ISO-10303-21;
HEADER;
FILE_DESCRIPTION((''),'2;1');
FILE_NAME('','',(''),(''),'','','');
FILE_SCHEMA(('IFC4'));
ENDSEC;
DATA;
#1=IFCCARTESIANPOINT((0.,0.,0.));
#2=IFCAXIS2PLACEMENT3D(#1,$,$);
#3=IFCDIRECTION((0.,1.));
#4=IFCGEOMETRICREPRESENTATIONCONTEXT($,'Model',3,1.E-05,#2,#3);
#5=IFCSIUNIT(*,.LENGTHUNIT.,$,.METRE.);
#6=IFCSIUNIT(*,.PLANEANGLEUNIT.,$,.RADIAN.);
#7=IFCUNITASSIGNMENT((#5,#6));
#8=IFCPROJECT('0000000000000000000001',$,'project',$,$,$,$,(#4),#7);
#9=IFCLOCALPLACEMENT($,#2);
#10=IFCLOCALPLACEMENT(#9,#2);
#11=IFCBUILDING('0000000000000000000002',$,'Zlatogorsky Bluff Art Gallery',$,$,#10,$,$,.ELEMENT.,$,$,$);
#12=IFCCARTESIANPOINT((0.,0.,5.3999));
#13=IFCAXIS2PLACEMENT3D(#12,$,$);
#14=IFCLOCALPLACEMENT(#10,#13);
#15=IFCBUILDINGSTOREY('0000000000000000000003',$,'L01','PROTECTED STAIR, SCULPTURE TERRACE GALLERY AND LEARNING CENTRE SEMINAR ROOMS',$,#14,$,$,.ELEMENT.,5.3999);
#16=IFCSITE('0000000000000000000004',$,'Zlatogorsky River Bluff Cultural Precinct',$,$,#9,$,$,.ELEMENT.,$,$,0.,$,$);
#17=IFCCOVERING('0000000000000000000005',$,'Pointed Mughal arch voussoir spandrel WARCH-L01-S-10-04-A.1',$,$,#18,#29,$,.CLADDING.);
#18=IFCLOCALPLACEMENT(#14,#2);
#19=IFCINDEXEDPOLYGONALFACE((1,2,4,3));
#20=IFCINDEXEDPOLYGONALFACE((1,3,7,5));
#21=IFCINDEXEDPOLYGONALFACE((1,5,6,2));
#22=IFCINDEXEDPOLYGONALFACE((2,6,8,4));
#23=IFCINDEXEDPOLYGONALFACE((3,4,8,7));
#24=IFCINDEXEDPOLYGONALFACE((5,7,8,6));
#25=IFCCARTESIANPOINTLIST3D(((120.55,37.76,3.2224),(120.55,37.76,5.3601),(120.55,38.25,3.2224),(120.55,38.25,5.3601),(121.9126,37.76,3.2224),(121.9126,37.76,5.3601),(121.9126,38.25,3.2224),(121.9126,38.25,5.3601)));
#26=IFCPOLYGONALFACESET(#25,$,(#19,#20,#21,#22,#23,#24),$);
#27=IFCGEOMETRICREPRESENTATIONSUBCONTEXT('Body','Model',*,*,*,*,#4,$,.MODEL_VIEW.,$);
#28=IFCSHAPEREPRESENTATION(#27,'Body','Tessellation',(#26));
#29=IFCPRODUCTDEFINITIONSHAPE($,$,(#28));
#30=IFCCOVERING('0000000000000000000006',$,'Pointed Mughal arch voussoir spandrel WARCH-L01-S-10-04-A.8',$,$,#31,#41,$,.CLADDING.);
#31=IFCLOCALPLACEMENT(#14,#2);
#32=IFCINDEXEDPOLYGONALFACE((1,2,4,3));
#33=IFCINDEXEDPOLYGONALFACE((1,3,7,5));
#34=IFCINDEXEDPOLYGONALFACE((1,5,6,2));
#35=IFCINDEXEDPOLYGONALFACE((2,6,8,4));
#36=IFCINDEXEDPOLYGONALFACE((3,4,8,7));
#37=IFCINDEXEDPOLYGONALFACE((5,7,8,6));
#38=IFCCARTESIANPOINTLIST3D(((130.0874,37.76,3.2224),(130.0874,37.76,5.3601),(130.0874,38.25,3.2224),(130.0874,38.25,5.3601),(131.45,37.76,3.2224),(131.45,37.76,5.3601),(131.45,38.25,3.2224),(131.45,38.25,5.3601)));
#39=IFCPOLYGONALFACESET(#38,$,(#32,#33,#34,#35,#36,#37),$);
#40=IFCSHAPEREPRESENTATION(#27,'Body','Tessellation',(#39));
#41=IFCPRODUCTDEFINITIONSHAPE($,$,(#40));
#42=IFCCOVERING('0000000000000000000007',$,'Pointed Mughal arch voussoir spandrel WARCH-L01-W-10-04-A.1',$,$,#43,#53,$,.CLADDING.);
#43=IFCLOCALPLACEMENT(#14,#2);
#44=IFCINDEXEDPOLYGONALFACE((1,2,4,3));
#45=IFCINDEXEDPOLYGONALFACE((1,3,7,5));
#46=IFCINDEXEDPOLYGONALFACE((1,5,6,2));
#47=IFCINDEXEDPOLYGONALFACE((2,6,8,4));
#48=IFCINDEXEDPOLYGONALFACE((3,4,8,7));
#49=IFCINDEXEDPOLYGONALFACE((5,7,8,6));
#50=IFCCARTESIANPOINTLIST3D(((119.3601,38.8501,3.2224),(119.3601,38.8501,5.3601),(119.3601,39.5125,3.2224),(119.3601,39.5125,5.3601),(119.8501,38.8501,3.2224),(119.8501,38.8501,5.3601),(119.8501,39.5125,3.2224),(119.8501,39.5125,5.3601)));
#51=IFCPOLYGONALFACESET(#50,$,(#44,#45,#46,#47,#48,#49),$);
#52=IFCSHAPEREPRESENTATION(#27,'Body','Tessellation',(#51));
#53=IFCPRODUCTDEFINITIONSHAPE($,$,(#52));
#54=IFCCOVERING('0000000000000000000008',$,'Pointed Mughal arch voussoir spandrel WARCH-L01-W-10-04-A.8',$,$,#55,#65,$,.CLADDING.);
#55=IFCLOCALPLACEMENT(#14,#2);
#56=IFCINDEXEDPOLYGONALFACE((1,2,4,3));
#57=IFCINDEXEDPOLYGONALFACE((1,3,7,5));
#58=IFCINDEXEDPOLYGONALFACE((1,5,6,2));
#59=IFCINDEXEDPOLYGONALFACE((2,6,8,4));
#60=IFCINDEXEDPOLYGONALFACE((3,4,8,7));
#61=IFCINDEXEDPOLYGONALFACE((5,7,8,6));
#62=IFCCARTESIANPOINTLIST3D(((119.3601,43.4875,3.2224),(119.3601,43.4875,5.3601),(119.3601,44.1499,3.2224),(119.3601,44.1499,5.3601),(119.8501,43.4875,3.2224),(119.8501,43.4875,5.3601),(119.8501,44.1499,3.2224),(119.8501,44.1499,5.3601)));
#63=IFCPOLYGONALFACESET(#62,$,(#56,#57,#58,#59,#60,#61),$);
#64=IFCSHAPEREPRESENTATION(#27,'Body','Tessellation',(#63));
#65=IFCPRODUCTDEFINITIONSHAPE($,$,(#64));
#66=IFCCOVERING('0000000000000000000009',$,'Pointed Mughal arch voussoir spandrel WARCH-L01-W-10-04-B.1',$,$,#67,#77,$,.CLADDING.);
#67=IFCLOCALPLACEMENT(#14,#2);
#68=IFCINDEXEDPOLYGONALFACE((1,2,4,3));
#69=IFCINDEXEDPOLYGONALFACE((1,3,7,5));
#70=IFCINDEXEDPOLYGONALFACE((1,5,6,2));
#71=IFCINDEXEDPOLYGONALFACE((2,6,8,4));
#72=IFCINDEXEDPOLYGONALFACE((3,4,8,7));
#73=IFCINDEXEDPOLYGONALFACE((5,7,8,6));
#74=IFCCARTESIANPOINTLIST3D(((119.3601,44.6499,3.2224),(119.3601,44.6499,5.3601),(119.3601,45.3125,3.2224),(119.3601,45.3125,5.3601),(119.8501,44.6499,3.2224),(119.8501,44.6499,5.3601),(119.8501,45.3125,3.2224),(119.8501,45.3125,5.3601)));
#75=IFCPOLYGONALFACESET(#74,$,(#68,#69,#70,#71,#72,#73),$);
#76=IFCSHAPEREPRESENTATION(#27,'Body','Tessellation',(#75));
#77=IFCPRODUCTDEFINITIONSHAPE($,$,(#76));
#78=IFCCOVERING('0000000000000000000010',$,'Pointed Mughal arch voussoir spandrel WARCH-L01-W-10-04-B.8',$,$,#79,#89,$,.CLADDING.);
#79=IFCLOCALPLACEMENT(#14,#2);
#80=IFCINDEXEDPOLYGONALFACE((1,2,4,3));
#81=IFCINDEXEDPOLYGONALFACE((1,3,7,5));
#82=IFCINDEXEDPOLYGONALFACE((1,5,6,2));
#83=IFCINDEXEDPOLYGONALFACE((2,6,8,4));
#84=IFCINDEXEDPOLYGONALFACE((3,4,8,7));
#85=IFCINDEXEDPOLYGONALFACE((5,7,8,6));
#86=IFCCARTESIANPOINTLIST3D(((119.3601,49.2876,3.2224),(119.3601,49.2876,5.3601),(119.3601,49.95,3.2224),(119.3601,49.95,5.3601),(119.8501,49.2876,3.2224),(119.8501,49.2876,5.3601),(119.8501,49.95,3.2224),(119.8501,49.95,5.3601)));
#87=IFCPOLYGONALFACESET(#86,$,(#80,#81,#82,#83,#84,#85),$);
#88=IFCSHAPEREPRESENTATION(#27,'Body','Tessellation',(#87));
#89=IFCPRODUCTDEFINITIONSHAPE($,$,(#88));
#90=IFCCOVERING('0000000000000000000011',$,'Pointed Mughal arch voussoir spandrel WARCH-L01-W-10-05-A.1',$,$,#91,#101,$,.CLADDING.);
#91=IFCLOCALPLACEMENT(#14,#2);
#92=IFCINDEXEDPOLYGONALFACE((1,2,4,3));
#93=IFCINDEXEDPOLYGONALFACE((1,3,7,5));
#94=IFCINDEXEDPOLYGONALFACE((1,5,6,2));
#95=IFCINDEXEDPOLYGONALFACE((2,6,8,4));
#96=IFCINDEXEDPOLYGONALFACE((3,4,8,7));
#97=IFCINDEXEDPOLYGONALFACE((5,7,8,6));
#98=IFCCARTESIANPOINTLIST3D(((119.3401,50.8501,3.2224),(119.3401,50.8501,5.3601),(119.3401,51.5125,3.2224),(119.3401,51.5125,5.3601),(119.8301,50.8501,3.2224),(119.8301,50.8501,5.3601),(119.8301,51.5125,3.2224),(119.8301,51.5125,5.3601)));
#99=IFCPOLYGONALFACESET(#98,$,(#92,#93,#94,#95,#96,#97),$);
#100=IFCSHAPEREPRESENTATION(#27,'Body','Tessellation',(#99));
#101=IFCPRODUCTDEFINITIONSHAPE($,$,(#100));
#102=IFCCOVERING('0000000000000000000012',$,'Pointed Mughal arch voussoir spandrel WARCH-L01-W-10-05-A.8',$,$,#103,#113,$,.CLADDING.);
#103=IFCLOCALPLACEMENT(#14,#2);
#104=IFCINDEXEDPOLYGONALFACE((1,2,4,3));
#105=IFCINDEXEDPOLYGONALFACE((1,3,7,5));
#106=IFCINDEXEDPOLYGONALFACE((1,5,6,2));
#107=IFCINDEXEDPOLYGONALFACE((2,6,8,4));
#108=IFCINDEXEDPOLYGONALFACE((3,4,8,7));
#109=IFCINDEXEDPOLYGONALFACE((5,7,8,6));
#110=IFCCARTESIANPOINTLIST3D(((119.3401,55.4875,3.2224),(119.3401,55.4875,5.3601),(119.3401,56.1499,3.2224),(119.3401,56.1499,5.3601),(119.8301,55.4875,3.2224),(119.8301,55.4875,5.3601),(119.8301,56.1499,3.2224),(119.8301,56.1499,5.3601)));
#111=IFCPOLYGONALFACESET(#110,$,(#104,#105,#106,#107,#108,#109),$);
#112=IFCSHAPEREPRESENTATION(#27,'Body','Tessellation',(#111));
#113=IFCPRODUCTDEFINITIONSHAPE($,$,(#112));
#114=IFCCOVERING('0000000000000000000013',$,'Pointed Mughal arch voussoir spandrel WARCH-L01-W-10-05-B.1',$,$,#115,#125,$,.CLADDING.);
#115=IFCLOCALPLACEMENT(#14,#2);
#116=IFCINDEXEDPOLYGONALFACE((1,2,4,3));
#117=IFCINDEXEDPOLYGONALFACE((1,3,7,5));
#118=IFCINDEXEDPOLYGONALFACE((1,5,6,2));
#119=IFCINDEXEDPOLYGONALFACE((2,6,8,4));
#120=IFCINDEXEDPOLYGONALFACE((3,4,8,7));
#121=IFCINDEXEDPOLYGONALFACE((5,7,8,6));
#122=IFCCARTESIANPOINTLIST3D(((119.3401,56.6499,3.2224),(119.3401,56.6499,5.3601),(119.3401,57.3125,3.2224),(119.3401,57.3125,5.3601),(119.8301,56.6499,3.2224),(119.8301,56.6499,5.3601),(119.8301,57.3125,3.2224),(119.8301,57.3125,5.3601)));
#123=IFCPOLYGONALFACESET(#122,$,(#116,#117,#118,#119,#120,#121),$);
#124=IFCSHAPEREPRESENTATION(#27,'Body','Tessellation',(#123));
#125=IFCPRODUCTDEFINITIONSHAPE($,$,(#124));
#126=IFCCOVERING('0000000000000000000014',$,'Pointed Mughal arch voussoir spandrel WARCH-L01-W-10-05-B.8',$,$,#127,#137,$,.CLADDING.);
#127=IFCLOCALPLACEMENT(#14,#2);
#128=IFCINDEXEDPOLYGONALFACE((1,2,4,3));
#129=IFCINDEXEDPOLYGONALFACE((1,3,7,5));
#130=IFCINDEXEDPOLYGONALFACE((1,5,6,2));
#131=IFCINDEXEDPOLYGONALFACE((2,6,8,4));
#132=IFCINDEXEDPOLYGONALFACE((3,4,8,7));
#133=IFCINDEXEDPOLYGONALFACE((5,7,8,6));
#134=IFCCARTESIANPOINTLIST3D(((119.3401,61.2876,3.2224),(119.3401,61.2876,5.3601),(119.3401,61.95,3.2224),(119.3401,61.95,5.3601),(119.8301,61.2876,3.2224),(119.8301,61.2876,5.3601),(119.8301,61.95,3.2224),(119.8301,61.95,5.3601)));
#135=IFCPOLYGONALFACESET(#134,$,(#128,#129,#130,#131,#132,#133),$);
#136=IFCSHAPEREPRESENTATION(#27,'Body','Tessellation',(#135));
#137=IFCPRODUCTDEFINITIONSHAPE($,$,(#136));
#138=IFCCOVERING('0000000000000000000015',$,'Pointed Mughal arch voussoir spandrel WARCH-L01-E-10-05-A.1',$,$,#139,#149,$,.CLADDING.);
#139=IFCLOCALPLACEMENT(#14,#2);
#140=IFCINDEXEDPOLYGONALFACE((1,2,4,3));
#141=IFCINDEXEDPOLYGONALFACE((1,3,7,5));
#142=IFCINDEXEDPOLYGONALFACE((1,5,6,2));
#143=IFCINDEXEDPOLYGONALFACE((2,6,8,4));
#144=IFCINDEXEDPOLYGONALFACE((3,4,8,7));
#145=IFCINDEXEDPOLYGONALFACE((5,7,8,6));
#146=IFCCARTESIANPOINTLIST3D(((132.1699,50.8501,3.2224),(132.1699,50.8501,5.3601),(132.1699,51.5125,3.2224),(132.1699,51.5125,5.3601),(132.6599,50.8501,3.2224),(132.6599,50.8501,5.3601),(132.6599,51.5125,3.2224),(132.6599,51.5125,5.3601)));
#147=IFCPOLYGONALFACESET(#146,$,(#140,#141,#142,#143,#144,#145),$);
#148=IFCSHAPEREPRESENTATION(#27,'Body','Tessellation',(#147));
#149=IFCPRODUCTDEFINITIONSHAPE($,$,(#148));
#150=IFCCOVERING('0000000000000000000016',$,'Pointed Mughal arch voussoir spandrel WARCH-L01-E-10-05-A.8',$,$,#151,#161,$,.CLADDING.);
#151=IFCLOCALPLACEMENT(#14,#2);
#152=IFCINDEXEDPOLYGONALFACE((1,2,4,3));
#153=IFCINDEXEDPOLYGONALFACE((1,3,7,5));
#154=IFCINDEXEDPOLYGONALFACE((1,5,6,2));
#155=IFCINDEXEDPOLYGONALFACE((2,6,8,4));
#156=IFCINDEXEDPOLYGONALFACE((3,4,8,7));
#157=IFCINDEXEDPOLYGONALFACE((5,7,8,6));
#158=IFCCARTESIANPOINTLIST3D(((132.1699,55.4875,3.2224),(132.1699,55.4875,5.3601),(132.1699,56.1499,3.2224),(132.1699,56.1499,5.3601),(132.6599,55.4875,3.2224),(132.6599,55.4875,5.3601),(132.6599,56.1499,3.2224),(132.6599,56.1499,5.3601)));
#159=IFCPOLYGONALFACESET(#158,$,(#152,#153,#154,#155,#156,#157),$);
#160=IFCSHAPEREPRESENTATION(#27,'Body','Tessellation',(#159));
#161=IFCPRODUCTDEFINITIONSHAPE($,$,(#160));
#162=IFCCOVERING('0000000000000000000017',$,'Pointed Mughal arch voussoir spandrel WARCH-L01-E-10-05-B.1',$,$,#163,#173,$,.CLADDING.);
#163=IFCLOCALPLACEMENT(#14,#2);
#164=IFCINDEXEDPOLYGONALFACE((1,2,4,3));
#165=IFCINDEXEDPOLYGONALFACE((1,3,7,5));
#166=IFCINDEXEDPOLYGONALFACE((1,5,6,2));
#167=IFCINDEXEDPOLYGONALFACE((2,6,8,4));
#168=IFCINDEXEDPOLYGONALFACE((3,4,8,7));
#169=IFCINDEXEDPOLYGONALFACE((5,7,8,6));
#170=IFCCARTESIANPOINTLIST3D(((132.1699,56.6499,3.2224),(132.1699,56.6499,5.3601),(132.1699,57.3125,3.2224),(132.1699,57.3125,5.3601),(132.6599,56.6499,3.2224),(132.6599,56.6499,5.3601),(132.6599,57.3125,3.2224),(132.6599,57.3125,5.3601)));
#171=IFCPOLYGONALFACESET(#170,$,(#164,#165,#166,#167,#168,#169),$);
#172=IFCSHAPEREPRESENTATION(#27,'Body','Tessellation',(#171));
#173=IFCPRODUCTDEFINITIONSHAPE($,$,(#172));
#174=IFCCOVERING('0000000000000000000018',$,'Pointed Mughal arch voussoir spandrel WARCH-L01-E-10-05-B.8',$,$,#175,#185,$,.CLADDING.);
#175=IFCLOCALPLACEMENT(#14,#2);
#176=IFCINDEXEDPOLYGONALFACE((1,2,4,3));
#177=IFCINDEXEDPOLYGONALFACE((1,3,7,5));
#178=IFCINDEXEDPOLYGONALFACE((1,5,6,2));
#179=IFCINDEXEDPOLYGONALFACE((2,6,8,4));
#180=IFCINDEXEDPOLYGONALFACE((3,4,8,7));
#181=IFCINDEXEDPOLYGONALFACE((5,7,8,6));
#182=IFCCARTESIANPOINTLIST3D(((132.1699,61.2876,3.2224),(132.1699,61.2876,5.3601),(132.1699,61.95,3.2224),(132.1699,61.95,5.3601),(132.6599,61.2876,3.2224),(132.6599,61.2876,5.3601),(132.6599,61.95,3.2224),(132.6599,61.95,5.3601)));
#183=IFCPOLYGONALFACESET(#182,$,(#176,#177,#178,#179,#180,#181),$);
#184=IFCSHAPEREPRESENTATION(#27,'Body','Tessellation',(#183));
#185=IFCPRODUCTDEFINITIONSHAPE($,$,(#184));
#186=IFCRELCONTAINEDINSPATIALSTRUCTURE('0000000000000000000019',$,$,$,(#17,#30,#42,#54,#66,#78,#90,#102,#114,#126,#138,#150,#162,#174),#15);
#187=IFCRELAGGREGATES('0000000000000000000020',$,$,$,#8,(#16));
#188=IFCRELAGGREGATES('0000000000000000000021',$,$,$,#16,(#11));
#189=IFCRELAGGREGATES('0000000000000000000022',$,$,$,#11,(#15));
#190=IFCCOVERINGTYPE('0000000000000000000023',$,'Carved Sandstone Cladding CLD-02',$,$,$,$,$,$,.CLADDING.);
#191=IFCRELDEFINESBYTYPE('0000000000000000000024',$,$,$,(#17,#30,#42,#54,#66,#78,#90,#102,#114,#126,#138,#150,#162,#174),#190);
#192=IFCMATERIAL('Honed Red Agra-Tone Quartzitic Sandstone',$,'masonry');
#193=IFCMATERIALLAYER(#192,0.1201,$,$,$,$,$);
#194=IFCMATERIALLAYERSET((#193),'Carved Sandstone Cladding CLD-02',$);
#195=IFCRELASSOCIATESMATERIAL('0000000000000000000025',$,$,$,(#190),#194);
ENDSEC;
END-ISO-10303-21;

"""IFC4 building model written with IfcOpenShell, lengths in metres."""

from ifc_helpers import new_model, si_unit, direction, frame, origin, place, context, subcontext, project, spatial, polyline, outline, extrude, material, layer, layer_set, type_object, element, save


model = new_model("IFC4")

# Units and contexts
model_context = context("Model", 3, precision=1e-05, world=origin(), true_north=direction((0.0, 1.0)))
body_context = subcontext(model_context, "Body", "Model", "MODEL_VIEW")
ifc_project = project(units=[si_unit("LENGTHUNIT", "METRE"), si_unit("PLANEANGLEUNIT", "RADIAN")], contexts=[model_context])

# Site, building, storey
site_placement = place(None, origin())
site = spatial("IfcSite", under=ifc_project, at=site_placement, Name="Zlatogorsky River Bluff Cultural Precinct", CompositionType="ELEMENT", RefElevation=0.0)
building_placement = place(site_placement, origin())
building = spatial("IfcBuilding", under=site, at=building_placement, Name="Zlatogorsky Bluff Art Gallery", CompositionType="ELEMENT")
storey_placement = place(building_placement, frame((0.0, 0.0, 5.3999)))
storey = spatial("IfcBuildingStorey", under=building, at=storey_placement, Name="L01", Description="PROTECTED STAIR, SCULPTURE TERRACE GALLERY AND LEARNING CENTRE SEMINAR ROOMS", CompositionType="ELEMENT", Elevation=5.3999)

# Coverings
ifc_material = material(Name="Honed Red Agra-Tone Quartzitic Sandstone", Category="masonry")
ifc_layer = layer(ifc_material, 0.1201)
ifc_layer_set = layer_set([ifc_layer], Name="Carved Sandstone Cladding CLD-02")
covering_type = type_object("IfcCoveringType", Name="Carved Sandstone Cladding CLD-02", PredefinedType="CLADDING", material=ifc_layer_set)
covering_1_placement = place(storey_placement, frame((0.0, 0.0, 3.2224)))
element("IfcCovering", 1, at=covering_1_placement, inside=storey, type_object=covering_type, Name="Pointed Mughal arch voussoir spandrel WARCH-L01-S-10-04-A.1", PredefinedType="CLADDING", context=body_context, shape_type="SweptSolid", body=[
    extrude(outline(polyline([(120.55, 37.76), (121.9126, 37.76), (121.9126, 38.25), (120.55, 38.25), (120.55, 37.76)])), origin(), (0.0, 0.0, 1.0), 2.1377),
])
covering_2_placement = place(storey_placement, frame((0.0, 0.0, 3.2224)))
element("IfcCovering", 2, at=covering_2_placement, inside=storey, type_object=covering_type, Name="Pointed Mughal arch voussoir spandrel WARCH-L01-S-10-04-A.8", PredefinedType="CLADDING", context=body_context, shape_type="SweptSolid", body=[
    extrude(outline(polyline([(130.0874, 37.76), (131.45, 37.76), (131.45, 38.25), (130.0874, 38.25), (130.0874, 37.76)])), origin(), (0.0, 0.0, 1.0), 2.1377),
])
covering_3_placement = place(storey_placement, frame((0.0, 0.0, 3.2224)))
element("IfcCovering", 3, at=covering_3_placement, inside=storey, type_object=covering_type, Name="Pointed Mughal arch voussoir spandrel WARCH-L01-W-10-04-A.1", PredefinedType="CLADDING", context=body_context, shape_type="SweptSolid", body=[
    extrude(outline(polyline([(119.3601, 38.8501), (119.3601, 39.5125), (119.8501, 39.5125), (119.8501, 38.8501), (119.3601, 38.8501)])), origin(), (0.0, 0.0, 1.0), 2.1377),
])
covering_4_placement = place(storey_placement, frame((0.0, 0.0, 3.2224)))
element("IfcCovering", 4, at=covering_4_placement, inside=storey, type_object=covering_type, Name="Pointed Mughal arch voussoir spandrel WARCH-L01-W-10-04-A.8", PredefinedType="CLADDING", context=body_context, shape_type="SweptSolid", body=[
    extrude(outline(polyline([(119.3601, 43.4875), (119.3601, 44.1499), (119.8501, 44.1499), (119.8501, 43.4875), (119.3601, 43.4875)])), origin(), (0.0, 0.0, 1.0), 2.1377),
])
covering_5_placement = place(storey_placement, frame((0.0, 0.0, 3.2224)))
element("IfcCovering", 5, at=covering_5_placement, inside=storey, type_object=covering_type, Name="Pointed Mughal arch voussoir spandrel WARCH-L01-W-10-04-B.1", PredefinedType="CLADDING", context=body_context, shape_type="SweptSolid", body=[
    extrude(outline(polyline([(119.3601, 44.6499), (119.3601, 45.3125), (119.8501, 45.3125), (119.8501, 44.6499), (119.3601, 44.6499)])), origin(), (0.0, 0.0, 1.0), 2.1377),
])
covering_6_placement = place(storey_placement, frame((0.0, 0.0, 3.2224)))
element("IfcCovering", 6, at=covering_6_placement, inside=storey, type_object=covering_type, Name="Pointed Mughal arch voussoir spandrel WARCH-L01-W-10-04-B.8", PredefinedType="CLADDING", context=body_context, shape_type="SweptSolid", body=[
    extrude(outline(polyline([(119.3601, 49.2876), (119.3601, 49.95), (119.8501, 49.95), (119.8501, 49.2876), (119.3601, 49.2876)])), origin(), (0.0, 0.0, 1.0), 2.1377),
])
covering_7_placement = place(storey_placement, frame((0.0, 0.0, 3.2224)))
element("IfcCovering", 7, at=covering_7_placement, inside=storey, type_object=covering_type, Name="Pointed Mughal arch voussoir spandrel WARCH-L01-W-10-05-A.1", PredefinedType="CLADDING", context=body_context, shape_type="SweptSolid", body=[
    extrude(outline(polyline([(119.3401, 50.8501), (119.3401, 51.5125), (119.8301, 51.5125), (119.8301, 50.8501), (119.3401, 50.8501)])), origin(), (0.0, 0.0, 1.0), 2.1377),
])
covering_8_placement = place(storey_placement, frame((0.0, 0.0, 3.2224)))
element("IfcCovering", 8, at=covering_8_placement, inside=storey, type_object=covering_type, Name="Pointed Mughal arch voussoir spandrel WARCH-L01-W-10-05-A.8", PredefinedType="CLADDING", context=body_context, shape_type="SweptSolid", body=[
    extrude(outline(polyline([(119.3401, 55.4875), (119.3401, 56.1499), (119.8301, 56.1499), (119.8301, 55.4875), (119.3401, 55.4875)])), origin(), (0.0, 0.0, 1.0), 2.1377),
])
covering_9_placement = place(storey_placement, frame((0.0, 0.0, 3.2224)))
element("IfcCovering", 9, at=covering_9_placement, inside=storey, type_object=covering_type, Name="Pointed Mughal arch voussoir spandrel WARCH-L01-W-10-05-B.1", PredefinedType="CLADDING", context=body_context, shape_type="SweptSolid", body=[
    extrude(outline(polyline([(119.3401, 56.6499), (119.3401, 57.3125), (119.8301, 57.3125), (119.8301, 56.6499), (119.3401, 56.6499)])), origin(), (0.0, 0.0, 1.0), 2.1377),
])
covering_10_placement = place(storey_placement, frame((0.0, 0.0, 3.2224)))
element("IfcCovering", 10, at=covering_10_placement, inside=storey, type_object=covering_type, Name="Pointed Mughal arch voussoir spandrel WARCH-L01-W-10-05-B.8", PredefinedType="CLADDING", context=body_context, shape_type="SweptSolid", body=[
    extrude(outline(polyline([(119.3401, 61.2876), (119.3401, 61.95), (119.8301, 61.95), (119.8301, 61.2876), (119.3401, 61.2876)])), origin(), (0.0, 0.0, 1.0), 2.1377),
])
covering_11_placement = place(storey_placement, frame((0.0, 0.0, 3.2224)))
element("IfcCovering", 11, at=covering_11_placement, inside=storey, type_object=covering_type, Name="Pointed Mughal arch voussoir spandrel WARCH-L01-E-10-05-A.1", PredefinedType="CLADDING", context=body_context, shape_type="SweptSolid", body=[
    extrude(outline(polyline([(132.1699, 50.8501), (132.1699, 51.5125), (132.6599, 51.5125), (132.6599, 50.8501), (132.1699, 50.8501)])), origin(), (0.0, 0.0, 1.0), 2.1377),
])
covering_12_placement = place(storey_placement, frame((0.0, 0.0, 3.2224)))
element("IfcCovering", 12, at=covering_12_placement, inside=storey, type_object=covering_type, Name="Pointed Mughal arch voussoir spandrel WARCH-L01-E-10-05-A.8", PredefinedType="CLADDING", context=body_context, shape_type="SweptSolid", body=[
    extrude(outline(polyline([(132.1699, 55.4875), (132.1699, 56.1499), (132.6599, 56.1499), (132.6599, 55.4875), (132.1699, 55.4875)])), origin(), (0.0, 0.0, 1.0), 2.1377),
])
covering_13_placement = place(storey_placement, frame((0.0, 0.0, 3.2224)))
element("IfcCovering", 13, at=covering_13_placement, inside=storey, type_object=covering_type, Name="Pointed Mughal arch voussoir spandrel WARCH-L01-E-10-05-B.1", PredefinedType="CLADDING", context=body_context, shape_type="SweptSolid", body=[
    extrude(outline(polyline([(132.1699, 56.6499), (132.1699, 57.3125), (132.6599, 57.3125), (132.6599, 56.6499), (132.1699, 56.6499)])), origin(), (0.0, 0.0, 1.0), 2.1377),
])
covering_14_placement = place(storey_placement, frame((0.0, 0.0, 3.2224)))
element("IfcCovering", 14, at=covering_14_placement, inside=storey, type_object=covering_type, Name="Pointed Mughal arch voussoir spandrel WARCH-L01-E-10-05-B.8", PredefinedType="CLADDING", context=body_context, shape_type="SweptSolid", body=[
    extrude(outline(polyline([(132.1699, 61.2876), (132.1699, 61.95), (132.6599, 61.95), (132.6599, 61.2876), (132.1699, 61.2876)])), origin(), (0.0, 0.0, 1.0), 2.1377),
])

save(model, "model.ifc")
